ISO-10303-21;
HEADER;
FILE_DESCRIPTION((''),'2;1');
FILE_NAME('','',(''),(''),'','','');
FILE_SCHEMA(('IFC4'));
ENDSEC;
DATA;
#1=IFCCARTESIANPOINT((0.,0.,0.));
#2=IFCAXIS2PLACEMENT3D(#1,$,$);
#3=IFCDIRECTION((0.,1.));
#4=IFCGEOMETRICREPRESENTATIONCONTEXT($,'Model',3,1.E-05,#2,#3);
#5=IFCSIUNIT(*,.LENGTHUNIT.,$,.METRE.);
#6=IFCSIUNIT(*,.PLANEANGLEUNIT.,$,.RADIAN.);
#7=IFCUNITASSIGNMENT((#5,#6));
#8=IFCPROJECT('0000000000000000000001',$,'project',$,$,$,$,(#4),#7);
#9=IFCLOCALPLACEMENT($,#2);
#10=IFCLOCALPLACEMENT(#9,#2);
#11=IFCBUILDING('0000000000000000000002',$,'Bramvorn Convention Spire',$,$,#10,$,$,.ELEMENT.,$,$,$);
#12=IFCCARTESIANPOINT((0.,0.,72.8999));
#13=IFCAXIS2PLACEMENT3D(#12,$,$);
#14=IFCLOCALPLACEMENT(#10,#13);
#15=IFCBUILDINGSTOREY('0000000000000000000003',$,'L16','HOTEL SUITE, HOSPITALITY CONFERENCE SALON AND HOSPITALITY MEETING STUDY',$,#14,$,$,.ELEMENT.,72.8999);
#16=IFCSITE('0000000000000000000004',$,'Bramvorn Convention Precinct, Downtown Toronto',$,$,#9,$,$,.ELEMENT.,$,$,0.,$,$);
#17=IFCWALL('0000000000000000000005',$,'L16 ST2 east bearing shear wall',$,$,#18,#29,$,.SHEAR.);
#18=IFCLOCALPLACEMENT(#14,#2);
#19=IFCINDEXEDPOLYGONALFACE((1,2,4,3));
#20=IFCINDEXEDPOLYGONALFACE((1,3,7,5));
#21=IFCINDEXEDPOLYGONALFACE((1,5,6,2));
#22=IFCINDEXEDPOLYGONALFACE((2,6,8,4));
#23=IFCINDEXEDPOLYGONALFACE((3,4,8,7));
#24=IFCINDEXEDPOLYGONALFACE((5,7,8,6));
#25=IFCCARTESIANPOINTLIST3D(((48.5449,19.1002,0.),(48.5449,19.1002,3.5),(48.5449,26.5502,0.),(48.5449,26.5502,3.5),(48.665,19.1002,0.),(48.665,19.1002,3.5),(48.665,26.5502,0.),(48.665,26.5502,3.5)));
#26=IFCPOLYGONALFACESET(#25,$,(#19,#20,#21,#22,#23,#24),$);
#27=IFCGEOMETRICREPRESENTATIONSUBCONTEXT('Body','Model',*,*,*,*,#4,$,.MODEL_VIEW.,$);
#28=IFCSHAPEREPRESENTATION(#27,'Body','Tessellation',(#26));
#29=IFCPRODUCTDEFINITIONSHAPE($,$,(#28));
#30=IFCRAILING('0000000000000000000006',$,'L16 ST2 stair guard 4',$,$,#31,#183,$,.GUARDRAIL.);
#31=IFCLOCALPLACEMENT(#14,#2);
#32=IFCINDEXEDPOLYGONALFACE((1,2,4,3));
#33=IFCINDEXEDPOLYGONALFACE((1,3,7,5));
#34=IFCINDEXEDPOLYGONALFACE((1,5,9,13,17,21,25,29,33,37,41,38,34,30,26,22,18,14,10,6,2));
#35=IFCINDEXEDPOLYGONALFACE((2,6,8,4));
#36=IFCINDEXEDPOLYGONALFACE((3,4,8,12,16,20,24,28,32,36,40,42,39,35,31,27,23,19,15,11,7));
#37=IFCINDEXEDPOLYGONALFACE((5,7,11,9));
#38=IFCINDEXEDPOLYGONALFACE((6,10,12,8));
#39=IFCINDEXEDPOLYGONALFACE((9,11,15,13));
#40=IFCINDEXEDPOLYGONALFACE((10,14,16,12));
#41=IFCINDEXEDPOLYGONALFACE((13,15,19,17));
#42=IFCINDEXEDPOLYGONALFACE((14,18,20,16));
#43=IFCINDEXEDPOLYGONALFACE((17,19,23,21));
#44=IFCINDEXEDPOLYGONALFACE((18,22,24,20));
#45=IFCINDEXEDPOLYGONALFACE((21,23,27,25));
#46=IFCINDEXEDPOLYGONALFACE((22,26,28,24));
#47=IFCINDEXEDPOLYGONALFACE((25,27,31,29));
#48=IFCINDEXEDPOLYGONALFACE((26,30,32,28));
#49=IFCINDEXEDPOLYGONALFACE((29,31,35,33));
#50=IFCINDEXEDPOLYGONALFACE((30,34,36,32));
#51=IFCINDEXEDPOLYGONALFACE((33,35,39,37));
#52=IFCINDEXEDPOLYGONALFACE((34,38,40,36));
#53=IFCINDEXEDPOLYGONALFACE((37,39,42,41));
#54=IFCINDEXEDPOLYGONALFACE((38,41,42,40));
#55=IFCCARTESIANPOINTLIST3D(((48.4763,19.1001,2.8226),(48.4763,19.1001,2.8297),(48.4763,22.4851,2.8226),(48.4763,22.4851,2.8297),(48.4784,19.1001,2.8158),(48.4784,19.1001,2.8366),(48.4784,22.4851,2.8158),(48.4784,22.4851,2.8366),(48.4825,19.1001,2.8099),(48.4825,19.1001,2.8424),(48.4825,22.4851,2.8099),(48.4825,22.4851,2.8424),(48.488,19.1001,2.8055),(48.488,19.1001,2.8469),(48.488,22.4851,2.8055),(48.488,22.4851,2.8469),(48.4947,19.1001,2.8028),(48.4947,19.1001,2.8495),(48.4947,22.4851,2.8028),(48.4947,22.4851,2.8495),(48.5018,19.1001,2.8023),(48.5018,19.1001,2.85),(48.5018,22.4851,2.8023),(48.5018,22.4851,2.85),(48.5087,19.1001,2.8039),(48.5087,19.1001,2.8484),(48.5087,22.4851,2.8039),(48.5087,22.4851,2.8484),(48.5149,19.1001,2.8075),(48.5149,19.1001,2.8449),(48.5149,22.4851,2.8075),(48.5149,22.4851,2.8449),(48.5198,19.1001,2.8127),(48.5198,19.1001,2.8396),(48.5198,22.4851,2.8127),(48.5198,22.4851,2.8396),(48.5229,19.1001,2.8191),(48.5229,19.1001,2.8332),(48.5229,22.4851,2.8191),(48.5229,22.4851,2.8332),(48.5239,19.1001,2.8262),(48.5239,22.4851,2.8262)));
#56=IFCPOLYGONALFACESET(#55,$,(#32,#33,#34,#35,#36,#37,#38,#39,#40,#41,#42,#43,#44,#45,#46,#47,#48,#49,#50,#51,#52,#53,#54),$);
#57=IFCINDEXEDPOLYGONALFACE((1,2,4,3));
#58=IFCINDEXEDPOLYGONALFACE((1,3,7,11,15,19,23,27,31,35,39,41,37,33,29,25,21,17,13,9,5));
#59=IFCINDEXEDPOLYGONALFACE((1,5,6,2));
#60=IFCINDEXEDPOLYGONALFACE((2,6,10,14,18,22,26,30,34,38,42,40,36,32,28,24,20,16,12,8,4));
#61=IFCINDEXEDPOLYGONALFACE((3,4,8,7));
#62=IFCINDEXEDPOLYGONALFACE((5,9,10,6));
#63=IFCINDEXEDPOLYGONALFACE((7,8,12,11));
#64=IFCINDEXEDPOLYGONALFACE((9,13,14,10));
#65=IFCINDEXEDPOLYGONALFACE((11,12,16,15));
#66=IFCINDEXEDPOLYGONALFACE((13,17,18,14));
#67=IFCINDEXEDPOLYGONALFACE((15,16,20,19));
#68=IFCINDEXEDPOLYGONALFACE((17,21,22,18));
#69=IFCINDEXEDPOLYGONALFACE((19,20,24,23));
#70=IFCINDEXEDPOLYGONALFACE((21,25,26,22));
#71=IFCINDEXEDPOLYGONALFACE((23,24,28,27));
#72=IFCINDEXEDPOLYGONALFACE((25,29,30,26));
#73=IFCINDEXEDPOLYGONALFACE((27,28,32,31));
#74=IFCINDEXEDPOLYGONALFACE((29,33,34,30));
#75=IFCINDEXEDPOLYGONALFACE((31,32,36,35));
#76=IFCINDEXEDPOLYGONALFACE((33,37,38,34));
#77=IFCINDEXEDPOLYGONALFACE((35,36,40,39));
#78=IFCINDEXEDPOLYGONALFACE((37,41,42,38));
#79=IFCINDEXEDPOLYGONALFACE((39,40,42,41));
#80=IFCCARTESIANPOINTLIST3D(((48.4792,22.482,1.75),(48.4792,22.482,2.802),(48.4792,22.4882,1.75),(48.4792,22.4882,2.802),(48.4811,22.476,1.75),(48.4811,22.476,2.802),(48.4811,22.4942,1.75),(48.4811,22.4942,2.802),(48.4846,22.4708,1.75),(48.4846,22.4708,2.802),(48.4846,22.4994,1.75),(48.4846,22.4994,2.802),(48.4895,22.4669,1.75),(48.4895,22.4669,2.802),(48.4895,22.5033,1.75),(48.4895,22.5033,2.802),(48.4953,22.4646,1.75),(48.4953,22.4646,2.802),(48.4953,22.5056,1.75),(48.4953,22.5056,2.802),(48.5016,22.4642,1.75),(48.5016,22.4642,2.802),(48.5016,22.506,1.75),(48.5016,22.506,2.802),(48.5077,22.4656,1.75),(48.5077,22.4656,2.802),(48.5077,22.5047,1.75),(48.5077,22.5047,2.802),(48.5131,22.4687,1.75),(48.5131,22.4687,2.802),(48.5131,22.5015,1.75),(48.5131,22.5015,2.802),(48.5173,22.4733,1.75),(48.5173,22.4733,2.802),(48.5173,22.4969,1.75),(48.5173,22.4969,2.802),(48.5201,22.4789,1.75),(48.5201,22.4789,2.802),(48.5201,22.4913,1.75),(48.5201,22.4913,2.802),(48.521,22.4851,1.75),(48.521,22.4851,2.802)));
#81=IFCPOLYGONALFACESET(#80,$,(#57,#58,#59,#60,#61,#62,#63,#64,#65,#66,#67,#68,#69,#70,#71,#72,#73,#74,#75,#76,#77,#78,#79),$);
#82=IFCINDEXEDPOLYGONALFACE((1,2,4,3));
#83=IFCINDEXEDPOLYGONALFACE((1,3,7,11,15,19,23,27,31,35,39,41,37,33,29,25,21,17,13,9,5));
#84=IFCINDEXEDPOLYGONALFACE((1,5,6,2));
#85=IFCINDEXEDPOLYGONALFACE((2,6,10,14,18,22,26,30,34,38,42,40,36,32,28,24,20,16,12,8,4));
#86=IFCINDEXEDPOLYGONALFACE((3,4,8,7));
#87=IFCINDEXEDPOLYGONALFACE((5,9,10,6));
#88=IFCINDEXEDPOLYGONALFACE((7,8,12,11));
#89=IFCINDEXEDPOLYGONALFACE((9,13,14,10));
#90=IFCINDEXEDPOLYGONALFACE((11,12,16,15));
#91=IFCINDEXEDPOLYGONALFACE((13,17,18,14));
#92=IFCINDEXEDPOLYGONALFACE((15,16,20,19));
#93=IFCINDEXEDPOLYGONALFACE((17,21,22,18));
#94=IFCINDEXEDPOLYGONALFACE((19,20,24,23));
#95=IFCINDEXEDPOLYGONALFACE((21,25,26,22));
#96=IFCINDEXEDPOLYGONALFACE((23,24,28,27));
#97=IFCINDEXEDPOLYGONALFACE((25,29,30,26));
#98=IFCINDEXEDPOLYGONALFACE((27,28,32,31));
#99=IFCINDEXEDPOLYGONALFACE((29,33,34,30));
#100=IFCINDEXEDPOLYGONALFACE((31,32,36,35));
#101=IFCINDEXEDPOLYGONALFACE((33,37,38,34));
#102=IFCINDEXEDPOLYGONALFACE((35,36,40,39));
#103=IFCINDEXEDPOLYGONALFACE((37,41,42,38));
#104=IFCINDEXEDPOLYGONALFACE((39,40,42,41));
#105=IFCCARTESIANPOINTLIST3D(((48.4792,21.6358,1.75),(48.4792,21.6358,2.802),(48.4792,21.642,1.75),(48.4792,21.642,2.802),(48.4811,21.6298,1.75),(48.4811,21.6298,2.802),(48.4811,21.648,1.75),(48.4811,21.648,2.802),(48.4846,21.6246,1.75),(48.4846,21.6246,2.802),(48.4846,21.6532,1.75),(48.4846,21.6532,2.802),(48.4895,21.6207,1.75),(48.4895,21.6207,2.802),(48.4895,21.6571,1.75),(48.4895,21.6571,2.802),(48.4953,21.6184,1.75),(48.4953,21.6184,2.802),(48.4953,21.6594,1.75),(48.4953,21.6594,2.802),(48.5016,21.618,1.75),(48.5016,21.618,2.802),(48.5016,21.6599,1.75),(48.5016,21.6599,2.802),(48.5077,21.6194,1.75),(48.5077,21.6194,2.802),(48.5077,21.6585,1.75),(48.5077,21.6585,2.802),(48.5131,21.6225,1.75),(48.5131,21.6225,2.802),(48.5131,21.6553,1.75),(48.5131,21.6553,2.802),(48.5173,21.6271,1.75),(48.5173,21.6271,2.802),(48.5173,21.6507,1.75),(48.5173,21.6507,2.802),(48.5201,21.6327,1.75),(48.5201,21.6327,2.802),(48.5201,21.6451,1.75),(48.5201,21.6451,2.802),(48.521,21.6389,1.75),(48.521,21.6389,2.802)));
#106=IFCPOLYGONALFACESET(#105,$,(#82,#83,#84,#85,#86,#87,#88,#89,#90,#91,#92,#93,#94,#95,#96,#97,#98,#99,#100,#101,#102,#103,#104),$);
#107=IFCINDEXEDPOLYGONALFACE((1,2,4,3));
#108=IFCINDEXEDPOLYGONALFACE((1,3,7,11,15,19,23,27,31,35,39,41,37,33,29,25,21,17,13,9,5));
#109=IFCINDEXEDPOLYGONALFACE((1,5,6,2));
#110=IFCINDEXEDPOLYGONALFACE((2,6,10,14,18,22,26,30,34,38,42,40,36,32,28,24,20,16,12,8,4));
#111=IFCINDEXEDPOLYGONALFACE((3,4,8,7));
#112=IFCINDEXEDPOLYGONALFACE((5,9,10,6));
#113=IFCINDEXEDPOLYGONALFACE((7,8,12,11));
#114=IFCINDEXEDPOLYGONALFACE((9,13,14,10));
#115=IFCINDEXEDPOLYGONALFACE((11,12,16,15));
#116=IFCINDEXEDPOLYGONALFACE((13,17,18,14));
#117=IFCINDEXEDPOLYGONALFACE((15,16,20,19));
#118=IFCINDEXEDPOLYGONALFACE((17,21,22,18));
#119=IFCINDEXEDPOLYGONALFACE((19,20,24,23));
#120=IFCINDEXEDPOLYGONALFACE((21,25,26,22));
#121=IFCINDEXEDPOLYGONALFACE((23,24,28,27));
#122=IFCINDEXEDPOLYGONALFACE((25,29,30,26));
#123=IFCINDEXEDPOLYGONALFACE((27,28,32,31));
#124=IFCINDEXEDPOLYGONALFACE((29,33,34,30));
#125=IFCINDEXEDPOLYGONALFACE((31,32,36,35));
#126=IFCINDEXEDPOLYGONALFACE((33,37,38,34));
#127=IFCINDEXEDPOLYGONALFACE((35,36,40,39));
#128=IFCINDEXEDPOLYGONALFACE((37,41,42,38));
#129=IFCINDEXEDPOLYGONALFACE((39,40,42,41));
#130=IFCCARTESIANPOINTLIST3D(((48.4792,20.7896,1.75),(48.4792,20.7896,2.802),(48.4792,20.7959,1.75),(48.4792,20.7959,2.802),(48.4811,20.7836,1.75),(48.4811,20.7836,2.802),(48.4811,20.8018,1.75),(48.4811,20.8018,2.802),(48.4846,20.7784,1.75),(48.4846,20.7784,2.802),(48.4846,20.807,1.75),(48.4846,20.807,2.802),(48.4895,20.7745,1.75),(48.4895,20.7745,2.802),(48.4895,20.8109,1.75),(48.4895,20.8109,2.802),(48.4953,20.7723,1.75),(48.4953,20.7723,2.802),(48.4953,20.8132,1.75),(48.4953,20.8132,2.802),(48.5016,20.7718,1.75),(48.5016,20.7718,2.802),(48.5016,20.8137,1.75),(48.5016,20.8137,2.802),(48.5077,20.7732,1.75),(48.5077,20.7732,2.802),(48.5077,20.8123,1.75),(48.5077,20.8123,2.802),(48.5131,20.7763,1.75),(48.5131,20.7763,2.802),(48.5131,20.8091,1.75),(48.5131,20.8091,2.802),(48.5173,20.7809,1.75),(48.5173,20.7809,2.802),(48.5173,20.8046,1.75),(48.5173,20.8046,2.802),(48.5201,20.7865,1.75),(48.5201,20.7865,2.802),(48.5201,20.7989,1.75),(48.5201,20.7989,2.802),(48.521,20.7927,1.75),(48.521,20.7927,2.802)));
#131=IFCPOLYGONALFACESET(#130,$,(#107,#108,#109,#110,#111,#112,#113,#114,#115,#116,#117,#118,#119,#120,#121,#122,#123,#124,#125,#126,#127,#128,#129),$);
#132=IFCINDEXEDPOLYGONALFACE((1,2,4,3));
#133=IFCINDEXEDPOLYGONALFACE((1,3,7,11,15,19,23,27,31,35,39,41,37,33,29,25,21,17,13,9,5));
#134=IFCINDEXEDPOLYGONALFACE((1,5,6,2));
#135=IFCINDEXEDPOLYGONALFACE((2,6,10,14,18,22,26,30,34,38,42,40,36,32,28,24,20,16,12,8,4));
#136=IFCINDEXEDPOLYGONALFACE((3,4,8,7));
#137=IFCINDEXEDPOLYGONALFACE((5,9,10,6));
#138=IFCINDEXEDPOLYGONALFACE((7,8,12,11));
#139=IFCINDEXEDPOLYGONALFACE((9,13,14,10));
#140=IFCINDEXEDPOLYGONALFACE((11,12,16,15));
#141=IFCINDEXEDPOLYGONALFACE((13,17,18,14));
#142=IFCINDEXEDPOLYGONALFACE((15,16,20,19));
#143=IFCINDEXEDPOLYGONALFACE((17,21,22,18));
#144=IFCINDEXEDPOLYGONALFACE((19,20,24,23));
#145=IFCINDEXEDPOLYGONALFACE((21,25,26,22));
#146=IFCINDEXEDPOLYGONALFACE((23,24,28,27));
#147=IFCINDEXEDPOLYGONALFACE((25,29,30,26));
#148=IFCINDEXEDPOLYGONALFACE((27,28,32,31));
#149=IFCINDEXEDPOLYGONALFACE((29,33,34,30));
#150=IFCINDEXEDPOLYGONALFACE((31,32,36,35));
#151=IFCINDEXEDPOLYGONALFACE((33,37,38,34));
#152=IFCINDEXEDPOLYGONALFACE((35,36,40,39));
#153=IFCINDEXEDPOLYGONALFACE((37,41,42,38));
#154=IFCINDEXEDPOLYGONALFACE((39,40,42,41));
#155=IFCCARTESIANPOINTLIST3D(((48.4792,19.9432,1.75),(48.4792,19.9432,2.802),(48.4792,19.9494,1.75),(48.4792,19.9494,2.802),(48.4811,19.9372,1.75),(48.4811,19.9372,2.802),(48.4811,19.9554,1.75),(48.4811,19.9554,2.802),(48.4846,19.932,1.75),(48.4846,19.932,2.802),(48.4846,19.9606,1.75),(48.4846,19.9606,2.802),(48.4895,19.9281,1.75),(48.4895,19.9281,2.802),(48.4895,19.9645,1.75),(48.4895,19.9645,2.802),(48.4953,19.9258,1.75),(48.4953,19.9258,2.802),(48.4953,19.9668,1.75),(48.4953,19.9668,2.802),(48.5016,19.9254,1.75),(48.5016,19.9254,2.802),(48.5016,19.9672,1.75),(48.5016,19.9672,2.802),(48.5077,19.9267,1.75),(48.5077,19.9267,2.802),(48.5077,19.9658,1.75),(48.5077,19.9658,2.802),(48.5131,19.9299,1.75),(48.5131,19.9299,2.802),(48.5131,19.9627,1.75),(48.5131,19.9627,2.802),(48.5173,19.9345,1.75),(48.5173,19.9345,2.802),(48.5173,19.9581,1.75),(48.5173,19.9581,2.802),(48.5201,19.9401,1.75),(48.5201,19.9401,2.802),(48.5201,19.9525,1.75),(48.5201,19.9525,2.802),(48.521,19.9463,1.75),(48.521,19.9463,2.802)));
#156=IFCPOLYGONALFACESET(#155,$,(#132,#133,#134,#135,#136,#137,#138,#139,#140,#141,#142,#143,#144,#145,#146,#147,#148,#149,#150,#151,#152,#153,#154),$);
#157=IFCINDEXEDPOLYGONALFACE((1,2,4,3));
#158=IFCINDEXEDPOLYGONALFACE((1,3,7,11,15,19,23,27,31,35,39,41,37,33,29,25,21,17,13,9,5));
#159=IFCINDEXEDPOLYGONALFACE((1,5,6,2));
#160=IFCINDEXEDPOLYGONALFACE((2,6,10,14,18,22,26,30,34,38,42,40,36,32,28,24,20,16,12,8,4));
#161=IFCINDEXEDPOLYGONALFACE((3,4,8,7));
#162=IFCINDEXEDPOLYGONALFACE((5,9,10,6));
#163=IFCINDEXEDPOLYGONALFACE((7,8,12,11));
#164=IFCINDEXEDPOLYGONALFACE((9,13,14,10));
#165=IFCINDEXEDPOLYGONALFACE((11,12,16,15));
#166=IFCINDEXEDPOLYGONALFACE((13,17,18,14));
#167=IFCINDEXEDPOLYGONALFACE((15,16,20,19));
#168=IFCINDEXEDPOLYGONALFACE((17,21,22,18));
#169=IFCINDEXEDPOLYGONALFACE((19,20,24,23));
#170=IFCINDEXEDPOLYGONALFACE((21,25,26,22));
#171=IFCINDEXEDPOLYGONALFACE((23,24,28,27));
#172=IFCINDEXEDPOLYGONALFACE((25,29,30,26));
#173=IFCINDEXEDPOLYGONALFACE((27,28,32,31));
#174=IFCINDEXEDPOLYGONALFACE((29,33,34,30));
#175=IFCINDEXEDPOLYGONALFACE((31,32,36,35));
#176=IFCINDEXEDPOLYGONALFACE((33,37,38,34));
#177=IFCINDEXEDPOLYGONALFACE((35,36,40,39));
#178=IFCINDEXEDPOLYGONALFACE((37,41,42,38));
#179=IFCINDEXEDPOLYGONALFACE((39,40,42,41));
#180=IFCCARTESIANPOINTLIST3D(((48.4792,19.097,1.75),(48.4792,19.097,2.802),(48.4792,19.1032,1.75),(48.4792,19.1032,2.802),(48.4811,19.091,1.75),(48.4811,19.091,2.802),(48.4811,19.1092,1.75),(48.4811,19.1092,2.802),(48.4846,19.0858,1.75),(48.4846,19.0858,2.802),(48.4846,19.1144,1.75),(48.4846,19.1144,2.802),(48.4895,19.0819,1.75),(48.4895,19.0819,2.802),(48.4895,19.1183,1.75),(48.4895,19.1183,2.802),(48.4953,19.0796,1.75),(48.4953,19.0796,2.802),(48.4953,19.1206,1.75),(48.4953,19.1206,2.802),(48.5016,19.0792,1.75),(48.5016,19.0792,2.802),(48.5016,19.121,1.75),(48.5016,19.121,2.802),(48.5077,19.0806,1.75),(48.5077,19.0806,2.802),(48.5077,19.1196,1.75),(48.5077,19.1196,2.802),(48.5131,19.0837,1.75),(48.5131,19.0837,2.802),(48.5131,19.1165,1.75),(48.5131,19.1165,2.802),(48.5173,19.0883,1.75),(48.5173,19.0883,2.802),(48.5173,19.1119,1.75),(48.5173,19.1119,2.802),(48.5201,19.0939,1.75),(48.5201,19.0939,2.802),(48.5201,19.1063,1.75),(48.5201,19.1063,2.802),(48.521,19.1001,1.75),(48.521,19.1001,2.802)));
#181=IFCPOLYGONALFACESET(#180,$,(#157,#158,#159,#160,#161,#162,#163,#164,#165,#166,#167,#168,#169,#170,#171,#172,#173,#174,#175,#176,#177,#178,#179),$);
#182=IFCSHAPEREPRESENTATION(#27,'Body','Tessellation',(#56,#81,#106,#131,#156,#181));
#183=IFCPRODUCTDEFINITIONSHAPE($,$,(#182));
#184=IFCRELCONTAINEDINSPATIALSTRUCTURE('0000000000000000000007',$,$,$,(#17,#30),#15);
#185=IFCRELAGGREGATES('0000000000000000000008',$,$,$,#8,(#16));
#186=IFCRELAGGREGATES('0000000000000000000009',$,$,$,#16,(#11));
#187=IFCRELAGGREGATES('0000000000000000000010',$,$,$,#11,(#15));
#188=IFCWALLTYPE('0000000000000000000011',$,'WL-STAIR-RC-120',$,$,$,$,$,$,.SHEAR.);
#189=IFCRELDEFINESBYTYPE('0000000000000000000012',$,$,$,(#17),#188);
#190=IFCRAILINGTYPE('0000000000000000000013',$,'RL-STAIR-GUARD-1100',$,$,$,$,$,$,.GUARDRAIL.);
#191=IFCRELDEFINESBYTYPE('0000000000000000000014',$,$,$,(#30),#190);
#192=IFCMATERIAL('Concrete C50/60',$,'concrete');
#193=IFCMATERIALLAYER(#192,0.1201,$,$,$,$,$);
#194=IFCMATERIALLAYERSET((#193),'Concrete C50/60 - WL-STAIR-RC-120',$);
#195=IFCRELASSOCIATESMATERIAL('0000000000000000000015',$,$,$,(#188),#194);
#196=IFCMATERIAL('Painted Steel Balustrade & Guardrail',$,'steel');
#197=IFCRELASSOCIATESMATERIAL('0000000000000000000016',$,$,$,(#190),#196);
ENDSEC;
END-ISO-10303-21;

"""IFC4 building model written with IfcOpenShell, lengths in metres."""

from ifc_helpers import new_model, si_unit, direction, frame, frame_2d, origin, origin_2d, place, context, subcontext, project, spatial, rectangle, circle, extrude, material, layer, layer_set, type_object, element, save


model = new_model("IFC4")

# Units and contexts
model_context = context("Model", 3, precision=1e-05, world=origin(), true_north=direction((0.0, 1.0)))
body_context = subcontext(model_context, "Body", "Model", "MODEL_VIEW")
ifc_project = project(units=[si_unit("LENGTHUNIT", "METRE"), si_unit("PLANEANGLEUNIT", "RADIAN")], contexts=[model_context])

# Site, building, storey
site_placement = place(None, origin())
site = spatial("IfcSite", under=ifc_project, at=site_placement, Name="Bramvorn Convention Precinct, Downtown Toronto", CompositionType="ELEMENT", RefElevation=0.0)
building_placement = place(site_placement, origin())
building = spatial("IfcBuilding", under=site, at=building_placement, Name="Bramvorn Convention Spire", CompositionType="ELEMENT")
storey_placement = place(building_placement, frame((0.0, 0.0, 72.8999)))
storey = spatial("IfcBuildingStorey", under=building, at=storey_placement, Name="L16", Description="HOTEL SUITE, HOSPITALITY CONFERENCE SALON AND HOSPITALITY MEETING STUDY", CompositionType="ELEMENT", Elevation=72.8999)

# Wall
ifc_material_1 = material(Name="Concrete C50/60", Category="concrete")
ifc_layer_1 = layer(ifc_material_1, 0.1201)
ifc_layer_set_1 = layer_set([ifc_layer_1], Name="Concrete C50/60 - WL-STAIR-RC-120")
wall_type_1 = type_object("IfcWallType", Name="WL-STAIR-RC-120", PredefinedType="SHEAR", material=ifc_layer_set_1)
wall_1_placement = place(storey_placement, frame((48.605, 19.1001, 0.0), z_axis=(0.0, 0.0, 1.0), x_axis=(0.0, 1.0, 0.0)))
element("IfcWall", 1, at=wall_1_placement, inside=storey, type_object=wall_type_1, Name="L16 ST2 east bearing shear wall", PredefinedType="SHEAR", context=body_context, shape_type="SweptSolid", body=[
    extrude(rectangle(XDim=7.45, YDim=0.1201, at=frame_2d((3.7251, 0.0))), origin(), (0.0, 0.0, 1.0), 3.5),
])

# Railing
ifc_material_2 = material(Name="Painted Steel Balustrade & Guardrail", Category="steel")
railing_type_1 = type_object("IfcRailingType", Name="RL-STAIR-GUARD-1100", PredefinedType="GUARDRAIL", material=ifc_material_2)
railing_1_placement = place(storey_placement, frame((48.5, 22.4851, 1.75)))
element("IfcRailing", 2, at=railing_1_placement, inside=storey, type_object=railing_type_1, Name="L16 ST2 stair guard 4", PredefinedType="GUARDRAIL", context=body_context, shape_type="SweptSolid", body=[
    extrude(circle(Radius=0.0239, at=origin_2d()), frame((0.0, 0.0, 1.0762), z_axis=(0.0, -1.0, 0.0), x_axis=(1.0, 0.0, 0.0)), (0.0, 0.0, 1.0), 3.385),
    extrude(circle(Radius=0.021, at=origin_2d()), origin(), (0.0, 0.0, 1.0), 1.052),
    extrude(circle(Radius=0.021, at=origin_2d()), frame((0.0, -0.8462, 0.0)), (0.0, 0.0, 1.0), 1.052),
    extrude(circle(Radius=0.021, at=origin_2d()), frame((0.0, -1.6924, 0.0)), (0.0, 0.0, 1.0), 1.052),
    extrude(circle(Radius=0.021, at=origin_2d()), frame((0.0, -2.5388, 0.0)), (0.0, 0.0, 1.0), 1.052),
    extrude(circle(Radius=0.021, at=origin_2d()), frame((0.0, -3.385, 0.0)), (0.0, 0.0, 1.0), 1.052),
])

save(model, "model.ifc")
